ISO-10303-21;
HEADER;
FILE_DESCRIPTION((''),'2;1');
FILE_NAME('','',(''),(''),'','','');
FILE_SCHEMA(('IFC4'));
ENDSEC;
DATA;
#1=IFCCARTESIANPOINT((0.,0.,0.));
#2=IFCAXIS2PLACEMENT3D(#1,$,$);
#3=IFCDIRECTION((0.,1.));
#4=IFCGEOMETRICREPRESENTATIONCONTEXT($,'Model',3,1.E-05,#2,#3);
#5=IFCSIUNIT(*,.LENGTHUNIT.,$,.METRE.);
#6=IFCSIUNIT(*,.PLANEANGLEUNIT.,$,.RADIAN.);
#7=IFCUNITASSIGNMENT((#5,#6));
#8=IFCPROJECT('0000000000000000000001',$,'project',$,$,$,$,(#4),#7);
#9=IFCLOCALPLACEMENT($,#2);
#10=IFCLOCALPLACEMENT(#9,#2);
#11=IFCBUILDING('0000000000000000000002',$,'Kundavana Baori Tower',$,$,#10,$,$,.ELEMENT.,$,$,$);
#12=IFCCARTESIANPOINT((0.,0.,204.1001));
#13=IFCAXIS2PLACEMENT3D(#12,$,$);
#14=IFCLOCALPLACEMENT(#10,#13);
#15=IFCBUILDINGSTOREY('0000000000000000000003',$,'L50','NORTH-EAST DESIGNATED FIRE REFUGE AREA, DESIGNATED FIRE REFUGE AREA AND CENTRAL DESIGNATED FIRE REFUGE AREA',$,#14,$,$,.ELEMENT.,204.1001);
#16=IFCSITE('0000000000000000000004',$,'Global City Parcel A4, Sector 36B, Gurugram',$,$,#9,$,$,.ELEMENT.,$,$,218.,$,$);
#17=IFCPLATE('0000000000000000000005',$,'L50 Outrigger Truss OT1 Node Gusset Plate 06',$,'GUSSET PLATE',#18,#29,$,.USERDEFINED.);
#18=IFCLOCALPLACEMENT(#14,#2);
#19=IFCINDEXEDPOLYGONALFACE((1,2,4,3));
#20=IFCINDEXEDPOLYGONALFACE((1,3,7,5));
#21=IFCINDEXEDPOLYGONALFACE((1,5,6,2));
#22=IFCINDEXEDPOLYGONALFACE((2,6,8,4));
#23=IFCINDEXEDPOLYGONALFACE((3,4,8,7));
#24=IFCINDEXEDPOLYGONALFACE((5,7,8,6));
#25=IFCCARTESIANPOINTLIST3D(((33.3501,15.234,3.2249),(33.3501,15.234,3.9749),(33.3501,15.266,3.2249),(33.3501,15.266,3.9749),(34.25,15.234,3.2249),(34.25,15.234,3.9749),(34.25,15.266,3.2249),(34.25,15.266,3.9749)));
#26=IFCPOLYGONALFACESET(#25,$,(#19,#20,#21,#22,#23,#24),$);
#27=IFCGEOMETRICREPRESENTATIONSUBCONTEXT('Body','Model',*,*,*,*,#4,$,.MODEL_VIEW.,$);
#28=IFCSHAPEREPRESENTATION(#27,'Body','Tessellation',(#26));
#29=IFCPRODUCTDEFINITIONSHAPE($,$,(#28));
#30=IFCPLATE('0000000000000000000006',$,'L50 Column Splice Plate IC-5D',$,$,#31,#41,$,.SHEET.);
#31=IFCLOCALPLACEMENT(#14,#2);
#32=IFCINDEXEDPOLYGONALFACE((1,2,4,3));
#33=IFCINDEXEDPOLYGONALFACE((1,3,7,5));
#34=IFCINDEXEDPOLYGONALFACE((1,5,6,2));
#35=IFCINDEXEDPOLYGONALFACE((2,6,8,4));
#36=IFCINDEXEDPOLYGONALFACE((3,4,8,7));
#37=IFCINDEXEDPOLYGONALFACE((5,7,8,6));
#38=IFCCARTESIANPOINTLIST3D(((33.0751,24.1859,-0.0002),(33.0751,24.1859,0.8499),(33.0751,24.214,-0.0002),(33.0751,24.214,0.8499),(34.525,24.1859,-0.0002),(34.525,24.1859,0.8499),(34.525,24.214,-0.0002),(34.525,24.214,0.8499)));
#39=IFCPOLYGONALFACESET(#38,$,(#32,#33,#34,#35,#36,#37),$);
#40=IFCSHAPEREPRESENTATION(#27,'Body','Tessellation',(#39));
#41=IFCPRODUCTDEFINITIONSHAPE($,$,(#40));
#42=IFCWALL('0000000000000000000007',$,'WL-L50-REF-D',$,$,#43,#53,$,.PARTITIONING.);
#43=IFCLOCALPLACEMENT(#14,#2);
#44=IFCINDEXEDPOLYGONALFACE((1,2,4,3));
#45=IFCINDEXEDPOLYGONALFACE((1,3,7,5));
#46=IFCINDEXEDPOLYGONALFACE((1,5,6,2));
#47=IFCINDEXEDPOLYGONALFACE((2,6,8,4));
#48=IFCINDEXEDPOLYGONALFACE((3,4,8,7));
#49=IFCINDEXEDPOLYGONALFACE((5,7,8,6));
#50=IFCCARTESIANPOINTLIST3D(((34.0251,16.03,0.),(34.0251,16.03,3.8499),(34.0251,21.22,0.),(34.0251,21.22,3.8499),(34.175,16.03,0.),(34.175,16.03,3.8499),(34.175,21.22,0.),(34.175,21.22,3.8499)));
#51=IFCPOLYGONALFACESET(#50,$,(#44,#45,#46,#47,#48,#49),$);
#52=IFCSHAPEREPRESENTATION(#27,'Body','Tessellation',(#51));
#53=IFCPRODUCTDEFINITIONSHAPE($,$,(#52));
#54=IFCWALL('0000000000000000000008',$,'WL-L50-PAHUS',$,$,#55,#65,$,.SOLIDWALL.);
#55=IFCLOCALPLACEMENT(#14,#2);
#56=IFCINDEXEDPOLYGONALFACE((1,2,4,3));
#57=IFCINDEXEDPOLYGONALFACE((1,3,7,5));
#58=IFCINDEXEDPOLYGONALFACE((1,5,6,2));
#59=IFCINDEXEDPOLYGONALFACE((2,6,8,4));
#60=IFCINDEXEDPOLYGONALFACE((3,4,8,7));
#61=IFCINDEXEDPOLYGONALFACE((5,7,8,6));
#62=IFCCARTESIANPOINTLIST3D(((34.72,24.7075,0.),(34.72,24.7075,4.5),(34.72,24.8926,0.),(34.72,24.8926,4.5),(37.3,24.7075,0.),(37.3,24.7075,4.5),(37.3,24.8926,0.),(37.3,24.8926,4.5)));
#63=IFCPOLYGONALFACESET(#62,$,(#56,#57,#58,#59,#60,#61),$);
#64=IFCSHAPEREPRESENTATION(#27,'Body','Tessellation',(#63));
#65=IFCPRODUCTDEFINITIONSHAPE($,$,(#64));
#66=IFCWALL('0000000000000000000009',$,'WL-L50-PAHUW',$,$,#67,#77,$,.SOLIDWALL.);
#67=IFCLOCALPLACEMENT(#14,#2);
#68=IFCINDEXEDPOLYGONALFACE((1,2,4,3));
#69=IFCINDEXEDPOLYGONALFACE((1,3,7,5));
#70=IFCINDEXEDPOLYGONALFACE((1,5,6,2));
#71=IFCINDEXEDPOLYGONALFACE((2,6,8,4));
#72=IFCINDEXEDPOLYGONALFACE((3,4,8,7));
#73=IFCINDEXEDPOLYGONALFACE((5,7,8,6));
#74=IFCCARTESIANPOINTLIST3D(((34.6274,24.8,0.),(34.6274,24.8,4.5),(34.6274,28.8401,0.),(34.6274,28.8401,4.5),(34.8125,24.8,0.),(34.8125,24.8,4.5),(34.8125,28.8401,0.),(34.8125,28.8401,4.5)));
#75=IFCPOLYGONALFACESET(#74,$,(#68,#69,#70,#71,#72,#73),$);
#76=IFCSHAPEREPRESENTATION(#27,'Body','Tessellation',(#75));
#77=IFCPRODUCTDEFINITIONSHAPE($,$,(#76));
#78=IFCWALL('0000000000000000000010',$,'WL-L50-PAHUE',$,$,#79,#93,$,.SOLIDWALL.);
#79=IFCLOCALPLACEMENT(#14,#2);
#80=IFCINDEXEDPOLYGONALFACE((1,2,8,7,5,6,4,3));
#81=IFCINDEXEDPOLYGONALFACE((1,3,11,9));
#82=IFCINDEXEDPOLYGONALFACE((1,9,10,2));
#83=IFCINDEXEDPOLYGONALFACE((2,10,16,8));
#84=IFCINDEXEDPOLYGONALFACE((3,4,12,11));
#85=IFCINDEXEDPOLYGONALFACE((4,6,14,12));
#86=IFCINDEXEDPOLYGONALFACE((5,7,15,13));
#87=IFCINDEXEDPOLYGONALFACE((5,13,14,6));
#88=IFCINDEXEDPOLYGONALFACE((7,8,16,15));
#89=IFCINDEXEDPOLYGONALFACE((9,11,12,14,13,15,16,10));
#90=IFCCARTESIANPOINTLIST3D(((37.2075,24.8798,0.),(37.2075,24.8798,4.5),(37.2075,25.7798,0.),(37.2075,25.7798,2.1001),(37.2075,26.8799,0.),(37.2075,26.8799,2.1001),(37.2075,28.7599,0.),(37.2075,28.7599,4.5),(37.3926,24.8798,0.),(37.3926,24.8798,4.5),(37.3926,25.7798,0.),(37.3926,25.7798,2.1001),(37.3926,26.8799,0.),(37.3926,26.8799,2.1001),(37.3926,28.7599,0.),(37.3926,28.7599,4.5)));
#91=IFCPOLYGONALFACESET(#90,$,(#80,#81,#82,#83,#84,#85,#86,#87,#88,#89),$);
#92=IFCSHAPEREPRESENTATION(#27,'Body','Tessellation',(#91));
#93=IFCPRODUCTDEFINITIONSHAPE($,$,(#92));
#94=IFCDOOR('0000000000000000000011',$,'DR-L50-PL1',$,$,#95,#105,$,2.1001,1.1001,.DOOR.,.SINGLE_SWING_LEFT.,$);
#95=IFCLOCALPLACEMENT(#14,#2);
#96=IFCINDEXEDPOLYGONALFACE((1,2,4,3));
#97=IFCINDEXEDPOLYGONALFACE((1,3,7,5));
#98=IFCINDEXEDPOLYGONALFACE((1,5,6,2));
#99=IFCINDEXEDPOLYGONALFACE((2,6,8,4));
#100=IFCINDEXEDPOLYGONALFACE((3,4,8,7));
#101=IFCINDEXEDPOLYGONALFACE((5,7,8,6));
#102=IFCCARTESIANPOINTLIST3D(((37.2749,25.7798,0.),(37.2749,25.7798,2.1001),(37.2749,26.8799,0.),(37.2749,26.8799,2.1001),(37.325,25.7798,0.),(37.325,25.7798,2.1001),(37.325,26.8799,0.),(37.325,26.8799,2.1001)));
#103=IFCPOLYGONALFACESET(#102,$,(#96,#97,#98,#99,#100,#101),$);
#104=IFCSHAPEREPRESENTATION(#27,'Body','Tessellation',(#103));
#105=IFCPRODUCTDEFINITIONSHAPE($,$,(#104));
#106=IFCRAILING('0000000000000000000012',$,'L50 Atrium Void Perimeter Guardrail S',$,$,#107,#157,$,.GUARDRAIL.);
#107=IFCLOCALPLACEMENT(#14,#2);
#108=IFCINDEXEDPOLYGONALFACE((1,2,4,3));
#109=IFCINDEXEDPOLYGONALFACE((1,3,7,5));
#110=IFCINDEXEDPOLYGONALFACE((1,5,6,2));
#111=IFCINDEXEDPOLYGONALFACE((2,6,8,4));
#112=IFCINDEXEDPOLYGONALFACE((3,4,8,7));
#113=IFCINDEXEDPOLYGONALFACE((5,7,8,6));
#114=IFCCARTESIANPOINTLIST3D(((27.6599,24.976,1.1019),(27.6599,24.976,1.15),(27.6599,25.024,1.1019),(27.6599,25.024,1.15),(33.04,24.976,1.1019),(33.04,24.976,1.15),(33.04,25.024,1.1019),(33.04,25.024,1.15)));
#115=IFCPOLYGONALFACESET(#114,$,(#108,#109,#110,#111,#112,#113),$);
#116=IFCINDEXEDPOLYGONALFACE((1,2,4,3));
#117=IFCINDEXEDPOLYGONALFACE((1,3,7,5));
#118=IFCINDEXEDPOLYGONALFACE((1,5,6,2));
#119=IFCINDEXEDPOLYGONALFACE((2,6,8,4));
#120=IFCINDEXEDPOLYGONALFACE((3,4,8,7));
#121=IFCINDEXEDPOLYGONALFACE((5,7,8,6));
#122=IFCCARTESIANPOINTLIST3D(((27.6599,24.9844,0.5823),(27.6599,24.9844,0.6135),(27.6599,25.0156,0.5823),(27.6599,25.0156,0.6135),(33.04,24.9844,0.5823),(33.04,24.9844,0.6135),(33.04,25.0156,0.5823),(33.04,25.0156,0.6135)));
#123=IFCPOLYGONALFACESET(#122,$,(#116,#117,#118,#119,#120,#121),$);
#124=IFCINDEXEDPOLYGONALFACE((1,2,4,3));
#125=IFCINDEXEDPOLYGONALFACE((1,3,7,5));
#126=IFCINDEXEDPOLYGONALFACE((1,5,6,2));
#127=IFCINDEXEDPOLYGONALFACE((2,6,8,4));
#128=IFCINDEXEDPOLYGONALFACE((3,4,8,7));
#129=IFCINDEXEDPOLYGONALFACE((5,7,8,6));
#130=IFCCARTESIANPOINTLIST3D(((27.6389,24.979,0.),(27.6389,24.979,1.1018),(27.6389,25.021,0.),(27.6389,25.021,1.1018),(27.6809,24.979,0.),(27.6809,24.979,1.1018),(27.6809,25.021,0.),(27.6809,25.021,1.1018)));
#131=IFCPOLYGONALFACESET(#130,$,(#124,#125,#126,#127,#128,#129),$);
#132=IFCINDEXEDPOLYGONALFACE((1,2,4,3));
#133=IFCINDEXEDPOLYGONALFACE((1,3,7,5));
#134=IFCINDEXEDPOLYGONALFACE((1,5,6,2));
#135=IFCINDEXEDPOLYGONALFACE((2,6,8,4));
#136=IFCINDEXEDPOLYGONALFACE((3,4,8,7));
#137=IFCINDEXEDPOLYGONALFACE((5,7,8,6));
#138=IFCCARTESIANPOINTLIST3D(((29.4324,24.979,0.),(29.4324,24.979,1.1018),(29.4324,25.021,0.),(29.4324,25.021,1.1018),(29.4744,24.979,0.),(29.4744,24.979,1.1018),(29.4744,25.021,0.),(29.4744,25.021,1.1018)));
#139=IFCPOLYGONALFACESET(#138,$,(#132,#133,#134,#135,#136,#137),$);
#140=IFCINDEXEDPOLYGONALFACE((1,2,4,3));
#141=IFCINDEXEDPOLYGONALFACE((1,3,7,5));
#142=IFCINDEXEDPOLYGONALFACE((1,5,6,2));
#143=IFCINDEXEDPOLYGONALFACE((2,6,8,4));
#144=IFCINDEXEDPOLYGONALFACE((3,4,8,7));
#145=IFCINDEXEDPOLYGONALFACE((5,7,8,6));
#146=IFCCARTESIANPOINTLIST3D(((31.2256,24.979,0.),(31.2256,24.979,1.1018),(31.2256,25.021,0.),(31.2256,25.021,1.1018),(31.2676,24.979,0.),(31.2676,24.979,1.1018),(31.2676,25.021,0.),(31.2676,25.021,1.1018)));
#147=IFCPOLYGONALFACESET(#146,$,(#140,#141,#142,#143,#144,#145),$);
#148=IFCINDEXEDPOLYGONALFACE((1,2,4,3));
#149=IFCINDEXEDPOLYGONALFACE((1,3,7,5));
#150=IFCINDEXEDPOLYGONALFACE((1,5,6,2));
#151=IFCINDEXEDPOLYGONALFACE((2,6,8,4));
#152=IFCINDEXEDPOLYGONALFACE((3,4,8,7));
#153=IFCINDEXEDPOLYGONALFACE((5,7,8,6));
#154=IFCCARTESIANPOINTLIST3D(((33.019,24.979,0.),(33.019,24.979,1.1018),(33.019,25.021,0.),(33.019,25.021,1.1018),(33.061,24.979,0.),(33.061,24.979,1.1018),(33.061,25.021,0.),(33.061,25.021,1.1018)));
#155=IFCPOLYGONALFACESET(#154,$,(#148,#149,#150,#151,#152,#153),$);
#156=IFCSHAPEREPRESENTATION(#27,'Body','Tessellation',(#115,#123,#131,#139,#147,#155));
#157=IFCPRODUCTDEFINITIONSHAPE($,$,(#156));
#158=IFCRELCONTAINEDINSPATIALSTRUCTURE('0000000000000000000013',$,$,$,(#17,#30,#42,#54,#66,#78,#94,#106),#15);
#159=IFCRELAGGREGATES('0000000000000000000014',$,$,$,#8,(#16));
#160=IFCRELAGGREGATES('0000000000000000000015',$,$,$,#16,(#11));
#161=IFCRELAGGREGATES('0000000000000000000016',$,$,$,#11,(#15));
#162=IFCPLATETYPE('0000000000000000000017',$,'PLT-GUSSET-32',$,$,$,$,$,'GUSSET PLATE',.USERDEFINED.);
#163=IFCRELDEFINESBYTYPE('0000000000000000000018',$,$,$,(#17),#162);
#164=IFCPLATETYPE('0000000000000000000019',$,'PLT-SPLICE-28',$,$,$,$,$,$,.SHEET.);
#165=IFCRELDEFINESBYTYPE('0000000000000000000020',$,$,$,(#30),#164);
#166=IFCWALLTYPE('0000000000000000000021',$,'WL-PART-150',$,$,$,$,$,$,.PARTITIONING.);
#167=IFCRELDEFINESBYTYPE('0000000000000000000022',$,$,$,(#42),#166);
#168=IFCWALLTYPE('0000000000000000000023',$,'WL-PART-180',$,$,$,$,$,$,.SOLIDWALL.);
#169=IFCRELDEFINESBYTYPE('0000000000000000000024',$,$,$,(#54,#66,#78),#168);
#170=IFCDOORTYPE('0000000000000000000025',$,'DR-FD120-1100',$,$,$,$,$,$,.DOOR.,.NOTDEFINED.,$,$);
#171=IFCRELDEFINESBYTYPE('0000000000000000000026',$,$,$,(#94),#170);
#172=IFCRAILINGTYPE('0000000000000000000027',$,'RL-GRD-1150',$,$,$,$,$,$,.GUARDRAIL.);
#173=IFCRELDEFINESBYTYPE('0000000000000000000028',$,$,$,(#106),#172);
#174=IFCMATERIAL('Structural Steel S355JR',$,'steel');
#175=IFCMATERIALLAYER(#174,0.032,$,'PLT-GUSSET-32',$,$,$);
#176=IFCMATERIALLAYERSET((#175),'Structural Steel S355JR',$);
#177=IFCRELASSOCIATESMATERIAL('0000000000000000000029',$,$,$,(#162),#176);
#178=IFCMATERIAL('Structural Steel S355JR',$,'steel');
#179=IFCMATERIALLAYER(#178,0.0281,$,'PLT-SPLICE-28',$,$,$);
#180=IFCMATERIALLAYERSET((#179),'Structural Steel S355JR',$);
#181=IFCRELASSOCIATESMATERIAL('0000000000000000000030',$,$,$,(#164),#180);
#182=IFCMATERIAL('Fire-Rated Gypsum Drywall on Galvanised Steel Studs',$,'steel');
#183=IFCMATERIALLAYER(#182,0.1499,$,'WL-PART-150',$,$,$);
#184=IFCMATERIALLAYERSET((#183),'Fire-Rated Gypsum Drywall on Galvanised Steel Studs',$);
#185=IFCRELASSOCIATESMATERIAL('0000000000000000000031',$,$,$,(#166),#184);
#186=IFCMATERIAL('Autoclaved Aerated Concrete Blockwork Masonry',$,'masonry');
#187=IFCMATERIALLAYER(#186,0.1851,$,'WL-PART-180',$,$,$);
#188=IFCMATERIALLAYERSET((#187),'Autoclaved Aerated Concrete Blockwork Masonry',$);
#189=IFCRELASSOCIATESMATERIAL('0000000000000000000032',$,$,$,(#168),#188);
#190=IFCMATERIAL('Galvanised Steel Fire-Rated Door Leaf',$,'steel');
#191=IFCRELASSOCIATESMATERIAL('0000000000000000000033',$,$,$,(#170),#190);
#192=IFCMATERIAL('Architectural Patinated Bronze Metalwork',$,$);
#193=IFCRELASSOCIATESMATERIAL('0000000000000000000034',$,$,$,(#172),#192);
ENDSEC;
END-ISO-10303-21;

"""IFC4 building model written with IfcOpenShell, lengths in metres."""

from ifc_helpers import new_model, si_unit, direction, frame, frame_2d, origin, origin_2d, place, context, subcontext, project, spatial, rectangle, extrude, material, layer, layer_set, type_object, element, fill, save


model = new_model("IFC4")

# Units and contexts
model_context = context("Model", 3, precision=1e-05, world=origin(), true_north=direction((0.0, 1.0)))
body_context = subcontext(model_context, "Body", "Model", "MODEL_VIEW")
ifc_project = project(units=[si_unit("LENGTHUNIT", "METRE"), si_unit("PLANEANGLEUNIT", "RADIAN")], contexts=[model_context])

# Site, building, storey
site_placement = place(None, origin())
site = spatial("IfcSite", under=ifc_project, at=site_placement, Name="Global City Parcel A4, Sector 36B, Gurugram", CompositionType="ELEMENT", RefElevation=218.0)
building_placement = place(site_placement, origin())
building = spatial("IfcBuilding", under=site, at=building_placement, Name="Kundavana Baori Tower", CompositionType="ELEMENT")
storey_placement = place(building_placement, frame((0.0, 0.0, 204.1001)))
storey = spatial("IfcBuildingStorey", under=building, at=storey_placement, Name="L50", Description="NORTH-EAST DESIGNATED FIRE REFUGE AREA, DESIGNATED FIRE REFUGE AREA AND CENTRAL DESIGNATED FIRE REFUGE AREA", CompositionType="ELEMENT", Elevation=204.1001)

# Plates
ifc_material_1 = material(Name="Structural Steel S355JR", Category="steel")
ifc_layer_1 = layer(ifc_material_1, 0.032, Name="PLT-GUSSET-32")
ifc_layer_set_1 = layer_set([ifc_layer_1], Name="Structural Steel S355JR")
plate_type_1 = type_object("IfcPlateType", Name="PLT-GUSSET-32", ElementType="GUSSET PLATE", PredefinedType="USERDEFINED", material=ifc_layer_set_1)
plate_1_placement = place(storey_placement, frame((33.8, 15.25, 3.2249), z_axis=(0.0, 0.0, 1.0), x_axis=(1.0, 0.0, 0.0)))
element("IfcPlate", 1, at=plate_1_placement, inside=storey, type_object=plate_type_1, Name="L50 Outrigger Truss OT1 Node Gusset Plate 06", ObjectType="GUSSET PLATE", PredefinedType="USERDEFINED", context=body_context, shape_type="SweptSolid", body=[
    extrude(rectangle(XDim=0.8999, YDim=0.032, at=origin_2d()), origin(), (0.0, 0.0, 1.0), 0.75),
])
ifc_material_2 = material(Name="Structural Steel S355JR", Category="steel")
ifc_layer_2 = layer(ifc_material_2, 0.0281, Name="PLT-SPLICE-28")
ifc_layer_set_2 = layer_set([ifc_layer_2], Name="Structural Steel S355JR")
plate_type_2 = type_object("IfcPlateType", Name="PLT-SPLICE-28", PredefinedType="SHEET", material=ifc_layer_set_2)
plate_2_placement = place(storey_placement, frame((33.8, 24.2, -0.0002), z_axis=(0.0, 0.0, 1.0), x_axis=(1.0, 0.0, 0.0)))
element("IfcPlate", 2, at=plate_2_placement, inside=storey, type_object=plate_type_2, Name="L50 Column Splice Plate IC-5D", PredefinedType="SHEET", context=body_context, shape_type="SweptSolid", body=[
    extrude(rectangle(XDim=1.45, YDim=0.0281, at=origin_2d()), origin(), (0.0, 0.0, 1.0), 0.8501),
])

# Walls
ifc_material_3 = material(Name="Fire-Rated Gypsum Drywall on Galvanised Steel Studs", Category="steel")
ifc_layer_3 = layer(ifc_material_3, 0.1499, Name="WL-PART-150")
ifc_layer_set_3 = layer_set([ifc_layer_3], Name="Fire-Rated Gypsum Drywall on Galvanised Steel Studs")
wall_type_1 = type_object("IfcWallType", Name="WL-PART-150", PredefinedType="PARTITIONING", material=ifc_layer_set_3)
wall_1_placement = place(storey_placement, frame((34.1001, 16.03, 0.0), z_axis=(0.0, 0.0, 1.0), x_axis=(0.0, 1.0, 0.0)))
element("IfcWall", 3, at=wall_1_placement, inside=storey, type_object=wall_type_1, Name="WL-L50-REF-D", PredefinedType="PARTITIONING", context=body_context, shape_type="SweptSolid", body=[
    extrude(rectangle(XDim=5.1899, YDim=0.1499, at=frame_2d((2.595, 0.0))), origin(), (0.0, 0.0, 1.0), 3.8499),
])
ifc_material_4 = material(Name="Autoclaved Aerated Concrete Blockwork Masonry", Category="masonry")
ifc_layer_4 = layer(ifc_material_4, 0.1851, Name="WL-PART-180")
ifc_layer_set_4 = layer_set([ifc_layer_4], Name="Autoclaved Aerated Concrete Blockwork Masonry")
wall_type_2 = type_object("IfcWallType", Name="WL-PART-180", PredefinedType="SOLIDWALL", material=ifc_layer_set_4)
wall_2_placement = place(storey_placement, frame((34.72, 24.8, 0.0), z_axis=(0.0, 0.0, 1.0), x_axis=(1.0, 0.0, 0.0)))
element("IfcWall", 4, at=wall_2_placement, inside=storey, type_object=wall_type_2, Name="WL-L50-PAHUS", PredefinedType="SOLIDWALL", context=body_context, shape_type="SweptSolid", body=[
    extrude(rectangle(XDim=2.5801, YDim=0.1851, at=frame_2d((1.29, 0.0))), origin(), (0.0, 0.0, 1.0), 4.5),
])
wall_3_placement = place(storey_placement, frame((34.72, 24.8, 0.0), z_axis=(0.0, 0.0, 1.0), x_axis=(0.0, 1.0, 0.0)))
element("IfcWall", 5, at=wall_3_placement, inside=storey, type_object=wall_type_2, Name="WL-L50-PAHUW", PredefinedType="SOLIDWALL", context=body_context, shape_type="SweptSolid", body=[
    extrude(rectangle(XDim=4.04, YDim=0.1851, at=frame_2d((2.02, 0.0))), origin(), (0.0, 0.0, 1.0), 4.5),
])

# Wall, opening, door
wall_4_placement = place(storey_placement, frame((37.3, 24.8799, 0.0), z_axis=(0.0, 0.0, 1.0), x_axis=(0.0, 1.0, 0.0)))
wall_4 = element("IfcWall", 6, at=wall_4_placement, inside=storey, type_object=wall_type_2, Name="WL-L50-PAHUE", PredefinedType="SOLIDWALL", context=body_context, shape_type="SweptSolid", body=[
    extrude(rectangle(XDim=3.8801, YDim=0.1851, at=frame_2d((1.9399, 0.0))), origin(), (0.0, 0.0, 1.0), 4.5),
])
opening_placement = place(wall_4_placement, frame((0.8999, 0.0, 0.0)))
opening = element("IfcOpeningElement", 7, at=opening_placement, cuts=wall_4, PredefinedType="OPENING", context=body_context, shape_type="SweptSolid", body=[
    extrude(rectangle(XDim=1.1001, YDim=2.1001, at=frame_2d((0.55, 1.05))), frame((0.0, 0.1025, 0.0), z_axis=(0.0, -1.0, 0.0), x_axis=(1.0, 0.0, 0.0)), (0.0, 0.0, 1.0), 0.2051),
])
ifc_material_5 = material(Name="Galvanised Steel Fire-Rated Door Leaf", Category="steel")
door_type = type_object("IfcDoorType", Name="DR-FD120-1100", OperationType="NOTDEFINED", PredefinedType="DOOR", material=ifc_material_5)
door_placement = place(opening_placement, frame((1.1001, 0.0, 0.0), z_axis=(0.0, 0.0, 1.0), x_axis=(-1.0, 0.0, 0.0)))
door = element("IfcDoor", 8, at=door_placement, inside=storey, type_object=door_type, Name="DR-L50-PL1", OperationType="SINGLE_SWING_LEFT", OverallHeight=2.1001, OverallWidth=1.1001, PredefinedType="DOOR", context=body_context, shape_type="SweptSolid", body=[
    extrude(rectangle(XDim=1.1001, YDim=2.1001, at=frame_2d((0.55, 1.05))), frame((0.0, 0.0249, 0.0), z_axis=(0.0, -1.0, 0.0), x_axis=(1.0, 0.0, 0.0)), (0.0, 0.0, 1.0), 0.05),
])
fill(opening, door)

# Railing
ifc_material_6 = material(Name="Architectural Patinated Bronze Metalwork")
railing_type = type_object("IfcRailingType", Name="RL-GRD-1150", PredefinedType="GUARDRAIL", material=ifc_material_6)
railing_1_placement = place(storey_placement, frame((27.6599, 25.0, 0.0)))
element("IfcRailing", 9, at=railing_1_placement, inside=storey, type_object=railing_type, Name="L50 Atrium Void Perimeter Guardrail S", PredefinedType="GUARDRAIL", context=body_context, shape_type="SweptSolid", body=[
    extrude(rectangle(XDim=0.0481, YDim=0.0481, at=origin_2d()), frame((0.0, 0.0, 1.126), z_axis=(1.0, 0.0, 0.0), x_axis=(0.0, 1.0, 0.0)), (0.0, 0.0, 1.0), 5.3801),
    extrude(rectangle(XDim=0.0312, YDim=0.0312, at=origin_2d()), frame((0.0, 0.0, 0.5979), z_axis=(1.0, 0.0, 0.0), x_axis=(0.0, 1.0, 0.0)), (0.0, 0.0, 1.0), 5.3801),
    extrude(rectangle(XDim=0.042, YDim=0.042, at=origin_2d()), origin(), (0.0, 0.0, 1.0), 1.1018),
    extrude(rectangle(XDim=0.042, YDim=0.042, at=origin_2d()), frame((1.7935, 0.0, 0.0)), (0.0, 0.0, 1.0), 1.1018),
    extrude(rectangle(XDim=0.042, YDim=0.042, at=origin_2d()), frame((3.5867, 0.0, 0.0)), (0.0, 0.0, 1.0), 1.1018),
    extrude(rectangle(XDim=0.042, YDim=0.042, at=origin_2d()), frame((5.3801, 0.0, 0.0)), (0.0, 0.0, 1.0), 1.1018),
])

save(model, "model.ifc")
